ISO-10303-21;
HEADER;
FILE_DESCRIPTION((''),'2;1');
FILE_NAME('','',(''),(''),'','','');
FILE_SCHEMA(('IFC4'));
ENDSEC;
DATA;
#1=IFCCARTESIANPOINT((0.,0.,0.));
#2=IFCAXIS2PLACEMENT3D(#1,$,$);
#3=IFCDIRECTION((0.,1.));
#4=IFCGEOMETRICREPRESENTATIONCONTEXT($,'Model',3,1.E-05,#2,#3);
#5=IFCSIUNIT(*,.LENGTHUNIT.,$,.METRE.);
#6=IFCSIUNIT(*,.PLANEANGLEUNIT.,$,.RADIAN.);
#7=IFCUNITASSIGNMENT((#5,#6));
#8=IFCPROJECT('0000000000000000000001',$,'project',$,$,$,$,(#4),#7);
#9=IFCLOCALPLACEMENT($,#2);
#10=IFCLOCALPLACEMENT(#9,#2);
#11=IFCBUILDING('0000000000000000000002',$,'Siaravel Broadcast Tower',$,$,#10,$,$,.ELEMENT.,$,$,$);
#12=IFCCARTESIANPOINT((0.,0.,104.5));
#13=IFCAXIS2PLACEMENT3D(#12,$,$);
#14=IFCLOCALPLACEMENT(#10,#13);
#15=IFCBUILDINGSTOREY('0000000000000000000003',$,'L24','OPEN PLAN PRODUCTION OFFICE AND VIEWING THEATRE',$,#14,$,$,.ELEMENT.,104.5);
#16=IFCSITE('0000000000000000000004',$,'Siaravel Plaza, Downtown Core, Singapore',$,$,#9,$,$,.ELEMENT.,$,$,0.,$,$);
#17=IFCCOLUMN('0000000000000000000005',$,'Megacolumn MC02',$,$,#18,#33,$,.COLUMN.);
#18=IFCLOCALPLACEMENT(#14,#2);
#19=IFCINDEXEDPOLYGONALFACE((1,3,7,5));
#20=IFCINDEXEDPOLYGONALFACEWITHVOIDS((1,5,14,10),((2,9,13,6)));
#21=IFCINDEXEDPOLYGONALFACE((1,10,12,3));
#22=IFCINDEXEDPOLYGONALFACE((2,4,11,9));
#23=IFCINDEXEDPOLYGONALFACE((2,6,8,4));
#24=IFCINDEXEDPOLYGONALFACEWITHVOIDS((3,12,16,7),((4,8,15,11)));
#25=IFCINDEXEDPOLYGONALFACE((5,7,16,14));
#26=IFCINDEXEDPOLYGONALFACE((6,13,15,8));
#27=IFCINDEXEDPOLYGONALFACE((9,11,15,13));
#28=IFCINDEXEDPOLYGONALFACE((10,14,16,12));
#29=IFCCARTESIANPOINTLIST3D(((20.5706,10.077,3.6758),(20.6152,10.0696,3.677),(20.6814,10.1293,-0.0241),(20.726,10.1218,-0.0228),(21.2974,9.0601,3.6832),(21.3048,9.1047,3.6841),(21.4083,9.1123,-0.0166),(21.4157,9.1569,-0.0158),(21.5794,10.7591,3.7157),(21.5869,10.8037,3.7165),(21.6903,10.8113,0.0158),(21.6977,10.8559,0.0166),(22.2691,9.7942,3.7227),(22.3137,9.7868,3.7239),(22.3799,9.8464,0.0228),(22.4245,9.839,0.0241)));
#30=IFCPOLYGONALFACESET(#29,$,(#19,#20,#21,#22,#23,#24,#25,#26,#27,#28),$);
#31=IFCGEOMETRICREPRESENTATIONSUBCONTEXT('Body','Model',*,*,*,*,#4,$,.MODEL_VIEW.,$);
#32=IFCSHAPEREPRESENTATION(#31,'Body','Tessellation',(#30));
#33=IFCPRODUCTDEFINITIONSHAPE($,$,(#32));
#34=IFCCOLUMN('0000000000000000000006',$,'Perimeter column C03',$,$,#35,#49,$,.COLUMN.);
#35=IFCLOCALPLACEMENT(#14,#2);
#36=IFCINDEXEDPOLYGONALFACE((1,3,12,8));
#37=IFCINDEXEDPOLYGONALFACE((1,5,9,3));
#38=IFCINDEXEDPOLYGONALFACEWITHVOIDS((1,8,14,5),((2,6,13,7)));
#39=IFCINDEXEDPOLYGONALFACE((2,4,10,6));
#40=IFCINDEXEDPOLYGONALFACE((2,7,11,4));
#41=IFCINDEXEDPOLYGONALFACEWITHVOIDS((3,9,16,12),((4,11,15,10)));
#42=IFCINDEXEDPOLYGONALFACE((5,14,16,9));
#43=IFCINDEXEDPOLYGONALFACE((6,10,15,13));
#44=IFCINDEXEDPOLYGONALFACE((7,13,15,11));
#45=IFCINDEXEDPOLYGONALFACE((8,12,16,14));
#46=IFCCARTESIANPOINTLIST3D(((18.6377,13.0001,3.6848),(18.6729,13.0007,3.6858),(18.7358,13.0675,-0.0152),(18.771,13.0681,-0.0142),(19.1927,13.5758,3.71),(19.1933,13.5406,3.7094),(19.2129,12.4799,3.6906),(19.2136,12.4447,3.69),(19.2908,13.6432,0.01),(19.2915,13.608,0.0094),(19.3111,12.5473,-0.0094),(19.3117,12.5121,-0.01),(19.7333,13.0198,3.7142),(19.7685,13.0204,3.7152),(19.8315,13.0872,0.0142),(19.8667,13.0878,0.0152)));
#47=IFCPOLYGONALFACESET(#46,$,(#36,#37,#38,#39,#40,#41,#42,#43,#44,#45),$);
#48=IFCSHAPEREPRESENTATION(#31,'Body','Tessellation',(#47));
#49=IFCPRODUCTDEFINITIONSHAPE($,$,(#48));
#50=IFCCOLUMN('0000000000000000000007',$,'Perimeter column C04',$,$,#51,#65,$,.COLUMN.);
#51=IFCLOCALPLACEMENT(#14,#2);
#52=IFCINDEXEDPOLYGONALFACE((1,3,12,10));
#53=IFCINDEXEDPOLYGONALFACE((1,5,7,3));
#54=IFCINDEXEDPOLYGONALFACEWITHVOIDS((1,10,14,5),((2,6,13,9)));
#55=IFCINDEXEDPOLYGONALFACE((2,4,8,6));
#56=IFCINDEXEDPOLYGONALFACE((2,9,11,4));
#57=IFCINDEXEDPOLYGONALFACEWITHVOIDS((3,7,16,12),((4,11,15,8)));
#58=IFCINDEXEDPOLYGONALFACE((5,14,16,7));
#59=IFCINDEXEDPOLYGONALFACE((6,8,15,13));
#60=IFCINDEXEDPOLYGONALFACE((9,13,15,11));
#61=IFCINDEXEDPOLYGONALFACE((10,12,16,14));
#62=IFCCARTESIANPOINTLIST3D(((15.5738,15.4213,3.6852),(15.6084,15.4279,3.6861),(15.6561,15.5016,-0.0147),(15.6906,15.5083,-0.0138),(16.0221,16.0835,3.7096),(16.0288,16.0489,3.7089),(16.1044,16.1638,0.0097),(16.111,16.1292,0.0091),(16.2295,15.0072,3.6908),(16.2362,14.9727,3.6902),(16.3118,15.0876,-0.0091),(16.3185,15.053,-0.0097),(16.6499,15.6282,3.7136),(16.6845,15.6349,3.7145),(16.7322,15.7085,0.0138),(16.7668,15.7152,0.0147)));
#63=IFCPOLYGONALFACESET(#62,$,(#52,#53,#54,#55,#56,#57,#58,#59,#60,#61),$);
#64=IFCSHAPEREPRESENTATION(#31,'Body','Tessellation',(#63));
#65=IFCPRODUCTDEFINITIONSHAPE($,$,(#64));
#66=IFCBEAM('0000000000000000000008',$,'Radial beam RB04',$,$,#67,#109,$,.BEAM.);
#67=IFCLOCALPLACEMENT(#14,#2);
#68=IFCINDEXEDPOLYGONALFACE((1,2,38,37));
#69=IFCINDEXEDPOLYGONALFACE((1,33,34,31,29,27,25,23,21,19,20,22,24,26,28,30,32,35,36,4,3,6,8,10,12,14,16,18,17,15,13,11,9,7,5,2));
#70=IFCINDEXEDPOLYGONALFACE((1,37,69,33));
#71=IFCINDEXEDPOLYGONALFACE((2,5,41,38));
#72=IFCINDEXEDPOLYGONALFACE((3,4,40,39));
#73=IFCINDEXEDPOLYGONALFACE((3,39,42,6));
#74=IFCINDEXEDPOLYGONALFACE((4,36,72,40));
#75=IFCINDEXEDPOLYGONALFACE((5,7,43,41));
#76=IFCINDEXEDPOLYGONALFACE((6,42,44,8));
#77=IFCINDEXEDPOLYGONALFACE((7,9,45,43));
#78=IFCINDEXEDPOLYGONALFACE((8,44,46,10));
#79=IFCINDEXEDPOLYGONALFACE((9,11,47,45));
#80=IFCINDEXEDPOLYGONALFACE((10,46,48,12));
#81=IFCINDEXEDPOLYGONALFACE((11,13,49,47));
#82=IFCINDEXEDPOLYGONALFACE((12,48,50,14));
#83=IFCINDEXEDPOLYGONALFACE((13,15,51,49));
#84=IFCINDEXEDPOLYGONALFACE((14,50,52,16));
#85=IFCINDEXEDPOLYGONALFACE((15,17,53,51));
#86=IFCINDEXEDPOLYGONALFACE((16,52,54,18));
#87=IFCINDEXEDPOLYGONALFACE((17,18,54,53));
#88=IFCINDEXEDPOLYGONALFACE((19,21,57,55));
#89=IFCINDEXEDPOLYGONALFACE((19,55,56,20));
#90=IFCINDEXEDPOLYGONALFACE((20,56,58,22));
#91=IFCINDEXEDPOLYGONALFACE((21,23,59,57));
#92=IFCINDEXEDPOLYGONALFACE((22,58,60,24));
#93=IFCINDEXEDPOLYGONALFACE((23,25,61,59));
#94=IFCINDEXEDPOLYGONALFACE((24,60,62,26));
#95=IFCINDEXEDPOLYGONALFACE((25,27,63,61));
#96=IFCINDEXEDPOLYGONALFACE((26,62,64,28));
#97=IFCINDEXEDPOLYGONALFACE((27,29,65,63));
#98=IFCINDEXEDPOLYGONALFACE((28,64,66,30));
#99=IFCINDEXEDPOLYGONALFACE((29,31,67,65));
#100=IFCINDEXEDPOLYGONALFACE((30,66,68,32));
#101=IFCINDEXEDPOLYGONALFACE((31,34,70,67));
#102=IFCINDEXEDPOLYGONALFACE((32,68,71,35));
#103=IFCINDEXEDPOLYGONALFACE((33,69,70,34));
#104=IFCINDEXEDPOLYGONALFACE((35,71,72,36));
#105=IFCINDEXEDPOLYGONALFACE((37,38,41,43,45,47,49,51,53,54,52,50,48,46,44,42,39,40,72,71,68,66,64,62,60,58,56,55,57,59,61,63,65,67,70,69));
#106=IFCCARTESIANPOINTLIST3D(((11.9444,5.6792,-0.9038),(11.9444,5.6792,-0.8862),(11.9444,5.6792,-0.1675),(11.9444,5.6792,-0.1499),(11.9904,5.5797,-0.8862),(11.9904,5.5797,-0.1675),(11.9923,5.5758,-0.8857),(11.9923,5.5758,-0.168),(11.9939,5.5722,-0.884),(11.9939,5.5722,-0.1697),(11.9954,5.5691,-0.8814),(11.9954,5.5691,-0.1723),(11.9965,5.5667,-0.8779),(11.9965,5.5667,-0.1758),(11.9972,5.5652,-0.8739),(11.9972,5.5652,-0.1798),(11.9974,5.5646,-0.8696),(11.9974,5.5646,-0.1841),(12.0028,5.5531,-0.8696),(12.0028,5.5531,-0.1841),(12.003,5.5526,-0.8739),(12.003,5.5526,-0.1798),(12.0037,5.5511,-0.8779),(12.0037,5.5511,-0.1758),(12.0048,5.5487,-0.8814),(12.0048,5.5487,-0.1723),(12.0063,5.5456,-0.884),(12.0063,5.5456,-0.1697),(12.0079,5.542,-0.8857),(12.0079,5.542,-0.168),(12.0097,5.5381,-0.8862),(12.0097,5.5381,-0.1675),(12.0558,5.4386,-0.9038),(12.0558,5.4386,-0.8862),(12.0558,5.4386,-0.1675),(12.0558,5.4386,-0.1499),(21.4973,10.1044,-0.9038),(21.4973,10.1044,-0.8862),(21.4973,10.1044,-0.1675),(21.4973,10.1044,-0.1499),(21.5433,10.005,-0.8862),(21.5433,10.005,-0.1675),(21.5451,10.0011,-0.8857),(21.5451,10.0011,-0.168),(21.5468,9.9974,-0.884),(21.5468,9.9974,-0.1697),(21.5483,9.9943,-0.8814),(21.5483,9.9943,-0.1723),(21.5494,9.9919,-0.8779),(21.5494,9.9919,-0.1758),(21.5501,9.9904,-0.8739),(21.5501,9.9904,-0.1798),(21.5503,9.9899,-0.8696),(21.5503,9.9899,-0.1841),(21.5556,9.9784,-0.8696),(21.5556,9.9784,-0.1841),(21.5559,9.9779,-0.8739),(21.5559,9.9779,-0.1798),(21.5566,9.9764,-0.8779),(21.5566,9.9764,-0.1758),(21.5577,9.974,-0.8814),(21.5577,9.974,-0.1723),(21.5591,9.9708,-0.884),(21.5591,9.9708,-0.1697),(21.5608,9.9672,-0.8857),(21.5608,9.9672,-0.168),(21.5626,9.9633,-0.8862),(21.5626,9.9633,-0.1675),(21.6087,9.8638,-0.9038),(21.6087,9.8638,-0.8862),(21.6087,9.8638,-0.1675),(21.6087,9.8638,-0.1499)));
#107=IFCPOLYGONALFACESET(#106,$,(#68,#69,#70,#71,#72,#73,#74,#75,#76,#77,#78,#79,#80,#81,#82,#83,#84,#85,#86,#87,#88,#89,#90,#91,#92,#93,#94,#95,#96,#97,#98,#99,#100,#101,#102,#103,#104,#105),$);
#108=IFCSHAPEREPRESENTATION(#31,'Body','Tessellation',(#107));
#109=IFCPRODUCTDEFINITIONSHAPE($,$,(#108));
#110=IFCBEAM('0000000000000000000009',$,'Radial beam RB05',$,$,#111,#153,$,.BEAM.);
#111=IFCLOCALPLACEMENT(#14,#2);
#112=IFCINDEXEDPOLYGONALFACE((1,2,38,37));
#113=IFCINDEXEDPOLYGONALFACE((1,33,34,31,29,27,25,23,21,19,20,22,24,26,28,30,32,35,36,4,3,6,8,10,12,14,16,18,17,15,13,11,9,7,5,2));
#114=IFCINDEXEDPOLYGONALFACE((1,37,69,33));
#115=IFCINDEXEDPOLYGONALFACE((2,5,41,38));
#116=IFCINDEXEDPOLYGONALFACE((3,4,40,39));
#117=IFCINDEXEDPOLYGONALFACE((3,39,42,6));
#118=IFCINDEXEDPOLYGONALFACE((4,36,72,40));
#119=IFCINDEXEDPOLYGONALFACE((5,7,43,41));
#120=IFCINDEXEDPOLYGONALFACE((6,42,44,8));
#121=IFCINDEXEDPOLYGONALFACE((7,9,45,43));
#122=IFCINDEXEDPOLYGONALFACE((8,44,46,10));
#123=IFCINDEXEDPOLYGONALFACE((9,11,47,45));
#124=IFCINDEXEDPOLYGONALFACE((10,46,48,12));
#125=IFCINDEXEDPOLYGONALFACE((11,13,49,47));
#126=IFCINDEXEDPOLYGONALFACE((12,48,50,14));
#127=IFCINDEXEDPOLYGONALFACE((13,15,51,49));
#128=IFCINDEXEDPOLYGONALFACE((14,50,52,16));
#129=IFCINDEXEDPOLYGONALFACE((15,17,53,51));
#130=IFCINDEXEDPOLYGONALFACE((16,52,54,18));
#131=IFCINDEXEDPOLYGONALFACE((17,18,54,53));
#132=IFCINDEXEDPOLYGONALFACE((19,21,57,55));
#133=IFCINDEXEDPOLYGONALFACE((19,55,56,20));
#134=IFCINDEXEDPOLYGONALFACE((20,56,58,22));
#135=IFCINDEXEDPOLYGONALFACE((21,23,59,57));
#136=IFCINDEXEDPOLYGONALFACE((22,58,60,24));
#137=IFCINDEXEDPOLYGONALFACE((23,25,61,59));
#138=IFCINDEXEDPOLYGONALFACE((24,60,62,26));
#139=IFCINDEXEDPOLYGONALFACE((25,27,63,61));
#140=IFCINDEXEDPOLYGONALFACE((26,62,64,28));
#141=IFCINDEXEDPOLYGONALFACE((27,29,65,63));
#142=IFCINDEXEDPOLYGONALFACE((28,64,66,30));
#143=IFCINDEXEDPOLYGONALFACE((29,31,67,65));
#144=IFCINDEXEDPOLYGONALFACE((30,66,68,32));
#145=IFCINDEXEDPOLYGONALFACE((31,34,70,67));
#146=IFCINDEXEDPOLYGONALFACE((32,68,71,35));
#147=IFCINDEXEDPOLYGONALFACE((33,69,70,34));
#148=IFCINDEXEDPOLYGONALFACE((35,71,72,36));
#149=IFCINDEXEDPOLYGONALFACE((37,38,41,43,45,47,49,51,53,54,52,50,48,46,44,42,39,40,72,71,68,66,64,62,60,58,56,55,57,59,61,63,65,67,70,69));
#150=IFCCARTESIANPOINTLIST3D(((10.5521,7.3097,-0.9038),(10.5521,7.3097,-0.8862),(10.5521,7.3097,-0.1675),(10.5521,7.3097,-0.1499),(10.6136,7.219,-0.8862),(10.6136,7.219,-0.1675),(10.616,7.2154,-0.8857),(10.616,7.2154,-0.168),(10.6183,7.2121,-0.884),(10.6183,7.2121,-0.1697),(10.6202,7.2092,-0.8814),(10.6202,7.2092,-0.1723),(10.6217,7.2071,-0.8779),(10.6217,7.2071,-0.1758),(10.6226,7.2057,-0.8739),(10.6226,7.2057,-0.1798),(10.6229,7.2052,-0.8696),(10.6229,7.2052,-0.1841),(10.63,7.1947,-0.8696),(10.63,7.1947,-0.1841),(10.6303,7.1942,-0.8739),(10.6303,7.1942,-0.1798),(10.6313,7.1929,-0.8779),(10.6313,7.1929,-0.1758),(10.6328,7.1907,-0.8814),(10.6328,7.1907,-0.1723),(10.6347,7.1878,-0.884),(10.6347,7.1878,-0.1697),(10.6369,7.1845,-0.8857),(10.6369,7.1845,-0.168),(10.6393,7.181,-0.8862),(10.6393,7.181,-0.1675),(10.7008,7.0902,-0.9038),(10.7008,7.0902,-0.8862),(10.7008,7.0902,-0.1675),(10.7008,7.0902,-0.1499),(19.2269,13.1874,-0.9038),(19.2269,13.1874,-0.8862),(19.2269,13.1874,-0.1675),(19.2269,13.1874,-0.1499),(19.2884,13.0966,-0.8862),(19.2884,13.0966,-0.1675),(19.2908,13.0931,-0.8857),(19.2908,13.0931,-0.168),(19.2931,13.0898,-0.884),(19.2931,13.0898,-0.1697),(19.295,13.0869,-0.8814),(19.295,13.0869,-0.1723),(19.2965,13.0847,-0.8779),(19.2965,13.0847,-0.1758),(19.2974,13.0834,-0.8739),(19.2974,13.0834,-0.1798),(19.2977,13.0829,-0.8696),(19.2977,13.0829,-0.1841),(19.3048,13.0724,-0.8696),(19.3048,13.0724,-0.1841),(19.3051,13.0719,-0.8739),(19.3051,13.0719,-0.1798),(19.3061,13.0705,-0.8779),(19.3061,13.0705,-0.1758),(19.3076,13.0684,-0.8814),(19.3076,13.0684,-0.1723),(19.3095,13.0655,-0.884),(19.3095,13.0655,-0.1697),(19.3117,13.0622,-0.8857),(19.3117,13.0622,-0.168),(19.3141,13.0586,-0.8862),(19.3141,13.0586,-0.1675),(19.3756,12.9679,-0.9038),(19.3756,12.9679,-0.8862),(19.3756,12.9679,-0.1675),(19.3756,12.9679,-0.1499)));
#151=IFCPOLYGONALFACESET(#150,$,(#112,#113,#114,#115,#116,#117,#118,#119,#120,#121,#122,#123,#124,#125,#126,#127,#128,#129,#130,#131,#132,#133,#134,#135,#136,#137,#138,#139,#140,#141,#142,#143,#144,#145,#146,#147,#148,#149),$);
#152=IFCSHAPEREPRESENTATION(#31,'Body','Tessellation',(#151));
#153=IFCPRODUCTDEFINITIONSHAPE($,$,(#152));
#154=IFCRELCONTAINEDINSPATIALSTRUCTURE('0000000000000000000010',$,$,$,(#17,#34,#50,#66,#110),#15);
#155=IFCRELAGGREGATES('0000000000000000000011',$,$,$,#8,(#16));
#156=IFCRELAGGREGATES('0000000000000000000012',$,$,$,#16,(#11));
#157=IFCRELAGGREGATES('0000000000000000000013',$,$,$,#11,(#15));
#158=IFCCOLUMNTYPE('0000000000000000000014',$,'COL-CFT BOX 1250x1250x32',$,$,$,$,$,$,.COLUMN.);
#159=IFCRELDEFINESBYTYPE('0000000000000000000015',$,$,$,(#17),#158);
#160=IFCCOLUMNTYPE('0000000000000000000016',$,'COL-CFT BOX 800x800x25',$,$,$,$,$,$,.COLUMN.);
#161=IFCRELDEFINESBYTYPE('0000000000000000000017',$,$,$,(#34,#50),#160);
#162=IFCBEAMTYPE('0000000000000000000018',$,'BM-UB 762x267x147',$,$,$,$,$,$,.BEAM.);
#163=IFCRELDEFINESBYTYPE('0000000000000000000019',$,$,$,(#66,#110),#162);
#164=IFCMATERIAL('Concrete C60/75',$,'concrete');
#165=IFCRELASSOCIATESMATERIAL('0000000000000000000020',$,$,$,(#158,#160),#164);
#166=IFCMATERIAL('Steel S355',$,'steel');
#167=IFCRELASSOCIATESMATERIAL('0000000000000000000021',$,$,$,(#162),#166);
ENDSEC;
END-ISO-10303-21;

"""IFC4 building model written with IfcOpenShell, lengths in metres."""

from ifc_helpers import new_model, si_unit, direction, frame, origin, origin_2d, place, context, subcontext, project, spatial, hollow_rectangle, i_section, extrude, material, material_profile, profile_set, type_object, element, save


model = new_model("IFC4")

# Units and contexts
model_context = context("Model", 3, precision=1e-05, world=origin(), true_north=direction((0.0, 1.0)))
body_context = subcontext(model_context, "Body", "Model", "MODEL_VIEW")
ifc_project = project(units=[si_unit("LENGTHUNIT", "METRE"), si_unit("PLANEANGLEUNIT", "RADIAN")], contexts=[model_context])

# Site, building, storey
site_placement = place(None, origin())
site = spatial("IfcSite", under=ifc_project, at=site_placement, Name="Siaravel Plaza, Downtown Core, Singapore", CompositionType="ELEMENT", RefElevation=0.0)
building_placement = place(site_placement, origin())
building = spatial("IfcBuilding", under=site, at=building_placement, Name="Siaravel Broadcast Tower", CompositionType="ELEMENT")
storey_placement = place(building_placement, frame((0.0, 0.0, 104.5)))
storey = spatial("IfcBuildingStorey", under=building, at=storey_placement, Name="L24", Description="OPEN PLAN PRODUCTION OFFICE AND VIEWING THEATRE", CompositionType="ELEMENT", Elevation=104.5)

# Columns
ifc_material_1 = material(Name="Concrete C60/75", Category="concrete")
ifc_material_profile_1 = material_profile(ifc_material_1, hollow_rectangle(XDim=1.25, YDim=1.25, WallThickness=0.032, at=origin_2d()))
ifc_profile_set_1 = profile_set([ifc_material_profile_1], Name="Concrete C60/75")
column_type_1 = type_object("IfcColumnType", Name="COL-CFT BOX 1250x1250x32", PredefinedType="COLUMN", material=ifc_profile_set_1)
column_1_placement = place(storey_placement, frame((21.553, 9.9841, 0.0), z_axis=(-0.029941, -0.014113, 0.999452), x_axis=(0.581475, -0.813543, 0.005931)))
element("IfcColumn", 1, at=column_1_placement, inside=storey, type_object=column_type_1, Name="Megacolumn MC02", PredefinedType="COLUMN", context=body_context, shape_type="SweptSolid", body=[
    extrude(hollow_rectangle(XDim=1.25, YDim=1.25, WallThickness=0.032, at=origin_2d()), origin(), (0.0, 0.0, 1.0), 3.7019),
])
ifc_material_profile_2 = material_profile(ifc_material_1, hollow_rectangle(XDim=0.8, YDim=0.8, WallThickness=0.0249, at=origin_2d()))
ifc_profile_set_2 = profile_set([ifc_material_profile_2], Name="Concrete C60/75")
column_type_2 = type_object("IfcColumnType", Name="COL-CFT BOX 800x800x25", PredefinedType="COLUMN", material=ifc_profile_set_2)
column_2_placement = place(storey_placement, frame((19.3013, 13.0776, 0.0), z_axis=(-0.026512, -0.018202, 0.999483), x_axis=(0.719778, -0.694174, 0.006451)))
element("IfcColumn", 2, at=column_2_placement, inside=storey, type_object=column_type_2, Name="Perimeter column C03", PredefinedType="COLUMN", context=body_context, shape_type="SweptSolid", body=[
    extrude(hollow_rectangle(XDim=0.8, YDim=0.8, WallThickness=0.0249, at=origin_2d()), origin(), (0.0, 0.0, 1.0), 3.7019),
])
column_3_placement = place(storey_placement, frame((16.2114, 15.6084, 0.0), z_axis=(-0.022226, -0.021699, 0.999517), x_axis=(0.82795, -0.560767, 0.006237)))
element("IfcColumn", 3, at=column_3_placement, inside=storey, type_object=column_type_2, Name="Perimeter column C04", PredefinedType="COLUMN", context=body_context, shape_type="SweptSolid", body=[
    extrude(hollow_rectangle(XDim=0.8, YDim=0.8, WallThickness=0.0249, at=origin_2d()), origin(), (0.0, 0.0, 1.0), 3.7017),
])

# Beams
ifc_material_2 = material(Name="Steel S355", Category="steel")
ifc_material_profile_3 = material_profile(ifc_material_2, i_section(OverallWidth=0.2651, OverallDepth=0.7539, WebThickness=0.0127, FlangeThickness=0.0176, FilletRadius=0.0166, at=origin_2d()))
ifc_profile_set_3 = profile_set([ifc_material_profile_3], Name="Steel S355")
beam_type = type_object("IfcBeamType", Name="BM-UB 762x267x147", PredefinedType="BEAM", material=ifc_profile_set_3)
beam_1_placement = place(storey_placement, frame((21.553, 9.9841, -0.5269), z_axis=(-0.907372, -0.420328, 0.0), x_axis=(0.420328, -0.907372, 0.0)))
element("IfcBeam", 4, at=beam_1_placement, inside=storey, type_object=beam_type, Name="Radial beam RB04", PredefinedType="BEAM", context=body_context, shape_type="SweptSolid", body=[
    extrude(i_section(OverallWidth=0.2651, OverallDepth=0.7539, WebThickness=0.0127, FlangeThickness=0.0176, FilletRadius=0.0166, at=origin_2d()), origin(), (0.0, 0.0, 1.0), 10.5281),
])
beam_2_placement = place(storey_placement, frame((19.3013, 13.0776, -0.5269), z_axis=(-0.827865, -0.560927, 0.0), x_axis=(0.560927, -0.827865, 0.0)))
element("IfcBeam", 5, at=beam_2_placement, inside=storey, type_object=beam_type, Name="Radial beam RB05", PredefinedType="BEAM", context=body_context, shape_type="SweptSolid", body=[
    extrude(i_section(OverallWidth=0.2651, OverallDepth=0.7539, WebThickness=0.0127, FlangeThickness=0.0176, FilletRadius=0.0166, at=origin_2d()), origin(), (0.0, 0.0, 1.0), 10.4785),
])

save(model, "model.ifc")
